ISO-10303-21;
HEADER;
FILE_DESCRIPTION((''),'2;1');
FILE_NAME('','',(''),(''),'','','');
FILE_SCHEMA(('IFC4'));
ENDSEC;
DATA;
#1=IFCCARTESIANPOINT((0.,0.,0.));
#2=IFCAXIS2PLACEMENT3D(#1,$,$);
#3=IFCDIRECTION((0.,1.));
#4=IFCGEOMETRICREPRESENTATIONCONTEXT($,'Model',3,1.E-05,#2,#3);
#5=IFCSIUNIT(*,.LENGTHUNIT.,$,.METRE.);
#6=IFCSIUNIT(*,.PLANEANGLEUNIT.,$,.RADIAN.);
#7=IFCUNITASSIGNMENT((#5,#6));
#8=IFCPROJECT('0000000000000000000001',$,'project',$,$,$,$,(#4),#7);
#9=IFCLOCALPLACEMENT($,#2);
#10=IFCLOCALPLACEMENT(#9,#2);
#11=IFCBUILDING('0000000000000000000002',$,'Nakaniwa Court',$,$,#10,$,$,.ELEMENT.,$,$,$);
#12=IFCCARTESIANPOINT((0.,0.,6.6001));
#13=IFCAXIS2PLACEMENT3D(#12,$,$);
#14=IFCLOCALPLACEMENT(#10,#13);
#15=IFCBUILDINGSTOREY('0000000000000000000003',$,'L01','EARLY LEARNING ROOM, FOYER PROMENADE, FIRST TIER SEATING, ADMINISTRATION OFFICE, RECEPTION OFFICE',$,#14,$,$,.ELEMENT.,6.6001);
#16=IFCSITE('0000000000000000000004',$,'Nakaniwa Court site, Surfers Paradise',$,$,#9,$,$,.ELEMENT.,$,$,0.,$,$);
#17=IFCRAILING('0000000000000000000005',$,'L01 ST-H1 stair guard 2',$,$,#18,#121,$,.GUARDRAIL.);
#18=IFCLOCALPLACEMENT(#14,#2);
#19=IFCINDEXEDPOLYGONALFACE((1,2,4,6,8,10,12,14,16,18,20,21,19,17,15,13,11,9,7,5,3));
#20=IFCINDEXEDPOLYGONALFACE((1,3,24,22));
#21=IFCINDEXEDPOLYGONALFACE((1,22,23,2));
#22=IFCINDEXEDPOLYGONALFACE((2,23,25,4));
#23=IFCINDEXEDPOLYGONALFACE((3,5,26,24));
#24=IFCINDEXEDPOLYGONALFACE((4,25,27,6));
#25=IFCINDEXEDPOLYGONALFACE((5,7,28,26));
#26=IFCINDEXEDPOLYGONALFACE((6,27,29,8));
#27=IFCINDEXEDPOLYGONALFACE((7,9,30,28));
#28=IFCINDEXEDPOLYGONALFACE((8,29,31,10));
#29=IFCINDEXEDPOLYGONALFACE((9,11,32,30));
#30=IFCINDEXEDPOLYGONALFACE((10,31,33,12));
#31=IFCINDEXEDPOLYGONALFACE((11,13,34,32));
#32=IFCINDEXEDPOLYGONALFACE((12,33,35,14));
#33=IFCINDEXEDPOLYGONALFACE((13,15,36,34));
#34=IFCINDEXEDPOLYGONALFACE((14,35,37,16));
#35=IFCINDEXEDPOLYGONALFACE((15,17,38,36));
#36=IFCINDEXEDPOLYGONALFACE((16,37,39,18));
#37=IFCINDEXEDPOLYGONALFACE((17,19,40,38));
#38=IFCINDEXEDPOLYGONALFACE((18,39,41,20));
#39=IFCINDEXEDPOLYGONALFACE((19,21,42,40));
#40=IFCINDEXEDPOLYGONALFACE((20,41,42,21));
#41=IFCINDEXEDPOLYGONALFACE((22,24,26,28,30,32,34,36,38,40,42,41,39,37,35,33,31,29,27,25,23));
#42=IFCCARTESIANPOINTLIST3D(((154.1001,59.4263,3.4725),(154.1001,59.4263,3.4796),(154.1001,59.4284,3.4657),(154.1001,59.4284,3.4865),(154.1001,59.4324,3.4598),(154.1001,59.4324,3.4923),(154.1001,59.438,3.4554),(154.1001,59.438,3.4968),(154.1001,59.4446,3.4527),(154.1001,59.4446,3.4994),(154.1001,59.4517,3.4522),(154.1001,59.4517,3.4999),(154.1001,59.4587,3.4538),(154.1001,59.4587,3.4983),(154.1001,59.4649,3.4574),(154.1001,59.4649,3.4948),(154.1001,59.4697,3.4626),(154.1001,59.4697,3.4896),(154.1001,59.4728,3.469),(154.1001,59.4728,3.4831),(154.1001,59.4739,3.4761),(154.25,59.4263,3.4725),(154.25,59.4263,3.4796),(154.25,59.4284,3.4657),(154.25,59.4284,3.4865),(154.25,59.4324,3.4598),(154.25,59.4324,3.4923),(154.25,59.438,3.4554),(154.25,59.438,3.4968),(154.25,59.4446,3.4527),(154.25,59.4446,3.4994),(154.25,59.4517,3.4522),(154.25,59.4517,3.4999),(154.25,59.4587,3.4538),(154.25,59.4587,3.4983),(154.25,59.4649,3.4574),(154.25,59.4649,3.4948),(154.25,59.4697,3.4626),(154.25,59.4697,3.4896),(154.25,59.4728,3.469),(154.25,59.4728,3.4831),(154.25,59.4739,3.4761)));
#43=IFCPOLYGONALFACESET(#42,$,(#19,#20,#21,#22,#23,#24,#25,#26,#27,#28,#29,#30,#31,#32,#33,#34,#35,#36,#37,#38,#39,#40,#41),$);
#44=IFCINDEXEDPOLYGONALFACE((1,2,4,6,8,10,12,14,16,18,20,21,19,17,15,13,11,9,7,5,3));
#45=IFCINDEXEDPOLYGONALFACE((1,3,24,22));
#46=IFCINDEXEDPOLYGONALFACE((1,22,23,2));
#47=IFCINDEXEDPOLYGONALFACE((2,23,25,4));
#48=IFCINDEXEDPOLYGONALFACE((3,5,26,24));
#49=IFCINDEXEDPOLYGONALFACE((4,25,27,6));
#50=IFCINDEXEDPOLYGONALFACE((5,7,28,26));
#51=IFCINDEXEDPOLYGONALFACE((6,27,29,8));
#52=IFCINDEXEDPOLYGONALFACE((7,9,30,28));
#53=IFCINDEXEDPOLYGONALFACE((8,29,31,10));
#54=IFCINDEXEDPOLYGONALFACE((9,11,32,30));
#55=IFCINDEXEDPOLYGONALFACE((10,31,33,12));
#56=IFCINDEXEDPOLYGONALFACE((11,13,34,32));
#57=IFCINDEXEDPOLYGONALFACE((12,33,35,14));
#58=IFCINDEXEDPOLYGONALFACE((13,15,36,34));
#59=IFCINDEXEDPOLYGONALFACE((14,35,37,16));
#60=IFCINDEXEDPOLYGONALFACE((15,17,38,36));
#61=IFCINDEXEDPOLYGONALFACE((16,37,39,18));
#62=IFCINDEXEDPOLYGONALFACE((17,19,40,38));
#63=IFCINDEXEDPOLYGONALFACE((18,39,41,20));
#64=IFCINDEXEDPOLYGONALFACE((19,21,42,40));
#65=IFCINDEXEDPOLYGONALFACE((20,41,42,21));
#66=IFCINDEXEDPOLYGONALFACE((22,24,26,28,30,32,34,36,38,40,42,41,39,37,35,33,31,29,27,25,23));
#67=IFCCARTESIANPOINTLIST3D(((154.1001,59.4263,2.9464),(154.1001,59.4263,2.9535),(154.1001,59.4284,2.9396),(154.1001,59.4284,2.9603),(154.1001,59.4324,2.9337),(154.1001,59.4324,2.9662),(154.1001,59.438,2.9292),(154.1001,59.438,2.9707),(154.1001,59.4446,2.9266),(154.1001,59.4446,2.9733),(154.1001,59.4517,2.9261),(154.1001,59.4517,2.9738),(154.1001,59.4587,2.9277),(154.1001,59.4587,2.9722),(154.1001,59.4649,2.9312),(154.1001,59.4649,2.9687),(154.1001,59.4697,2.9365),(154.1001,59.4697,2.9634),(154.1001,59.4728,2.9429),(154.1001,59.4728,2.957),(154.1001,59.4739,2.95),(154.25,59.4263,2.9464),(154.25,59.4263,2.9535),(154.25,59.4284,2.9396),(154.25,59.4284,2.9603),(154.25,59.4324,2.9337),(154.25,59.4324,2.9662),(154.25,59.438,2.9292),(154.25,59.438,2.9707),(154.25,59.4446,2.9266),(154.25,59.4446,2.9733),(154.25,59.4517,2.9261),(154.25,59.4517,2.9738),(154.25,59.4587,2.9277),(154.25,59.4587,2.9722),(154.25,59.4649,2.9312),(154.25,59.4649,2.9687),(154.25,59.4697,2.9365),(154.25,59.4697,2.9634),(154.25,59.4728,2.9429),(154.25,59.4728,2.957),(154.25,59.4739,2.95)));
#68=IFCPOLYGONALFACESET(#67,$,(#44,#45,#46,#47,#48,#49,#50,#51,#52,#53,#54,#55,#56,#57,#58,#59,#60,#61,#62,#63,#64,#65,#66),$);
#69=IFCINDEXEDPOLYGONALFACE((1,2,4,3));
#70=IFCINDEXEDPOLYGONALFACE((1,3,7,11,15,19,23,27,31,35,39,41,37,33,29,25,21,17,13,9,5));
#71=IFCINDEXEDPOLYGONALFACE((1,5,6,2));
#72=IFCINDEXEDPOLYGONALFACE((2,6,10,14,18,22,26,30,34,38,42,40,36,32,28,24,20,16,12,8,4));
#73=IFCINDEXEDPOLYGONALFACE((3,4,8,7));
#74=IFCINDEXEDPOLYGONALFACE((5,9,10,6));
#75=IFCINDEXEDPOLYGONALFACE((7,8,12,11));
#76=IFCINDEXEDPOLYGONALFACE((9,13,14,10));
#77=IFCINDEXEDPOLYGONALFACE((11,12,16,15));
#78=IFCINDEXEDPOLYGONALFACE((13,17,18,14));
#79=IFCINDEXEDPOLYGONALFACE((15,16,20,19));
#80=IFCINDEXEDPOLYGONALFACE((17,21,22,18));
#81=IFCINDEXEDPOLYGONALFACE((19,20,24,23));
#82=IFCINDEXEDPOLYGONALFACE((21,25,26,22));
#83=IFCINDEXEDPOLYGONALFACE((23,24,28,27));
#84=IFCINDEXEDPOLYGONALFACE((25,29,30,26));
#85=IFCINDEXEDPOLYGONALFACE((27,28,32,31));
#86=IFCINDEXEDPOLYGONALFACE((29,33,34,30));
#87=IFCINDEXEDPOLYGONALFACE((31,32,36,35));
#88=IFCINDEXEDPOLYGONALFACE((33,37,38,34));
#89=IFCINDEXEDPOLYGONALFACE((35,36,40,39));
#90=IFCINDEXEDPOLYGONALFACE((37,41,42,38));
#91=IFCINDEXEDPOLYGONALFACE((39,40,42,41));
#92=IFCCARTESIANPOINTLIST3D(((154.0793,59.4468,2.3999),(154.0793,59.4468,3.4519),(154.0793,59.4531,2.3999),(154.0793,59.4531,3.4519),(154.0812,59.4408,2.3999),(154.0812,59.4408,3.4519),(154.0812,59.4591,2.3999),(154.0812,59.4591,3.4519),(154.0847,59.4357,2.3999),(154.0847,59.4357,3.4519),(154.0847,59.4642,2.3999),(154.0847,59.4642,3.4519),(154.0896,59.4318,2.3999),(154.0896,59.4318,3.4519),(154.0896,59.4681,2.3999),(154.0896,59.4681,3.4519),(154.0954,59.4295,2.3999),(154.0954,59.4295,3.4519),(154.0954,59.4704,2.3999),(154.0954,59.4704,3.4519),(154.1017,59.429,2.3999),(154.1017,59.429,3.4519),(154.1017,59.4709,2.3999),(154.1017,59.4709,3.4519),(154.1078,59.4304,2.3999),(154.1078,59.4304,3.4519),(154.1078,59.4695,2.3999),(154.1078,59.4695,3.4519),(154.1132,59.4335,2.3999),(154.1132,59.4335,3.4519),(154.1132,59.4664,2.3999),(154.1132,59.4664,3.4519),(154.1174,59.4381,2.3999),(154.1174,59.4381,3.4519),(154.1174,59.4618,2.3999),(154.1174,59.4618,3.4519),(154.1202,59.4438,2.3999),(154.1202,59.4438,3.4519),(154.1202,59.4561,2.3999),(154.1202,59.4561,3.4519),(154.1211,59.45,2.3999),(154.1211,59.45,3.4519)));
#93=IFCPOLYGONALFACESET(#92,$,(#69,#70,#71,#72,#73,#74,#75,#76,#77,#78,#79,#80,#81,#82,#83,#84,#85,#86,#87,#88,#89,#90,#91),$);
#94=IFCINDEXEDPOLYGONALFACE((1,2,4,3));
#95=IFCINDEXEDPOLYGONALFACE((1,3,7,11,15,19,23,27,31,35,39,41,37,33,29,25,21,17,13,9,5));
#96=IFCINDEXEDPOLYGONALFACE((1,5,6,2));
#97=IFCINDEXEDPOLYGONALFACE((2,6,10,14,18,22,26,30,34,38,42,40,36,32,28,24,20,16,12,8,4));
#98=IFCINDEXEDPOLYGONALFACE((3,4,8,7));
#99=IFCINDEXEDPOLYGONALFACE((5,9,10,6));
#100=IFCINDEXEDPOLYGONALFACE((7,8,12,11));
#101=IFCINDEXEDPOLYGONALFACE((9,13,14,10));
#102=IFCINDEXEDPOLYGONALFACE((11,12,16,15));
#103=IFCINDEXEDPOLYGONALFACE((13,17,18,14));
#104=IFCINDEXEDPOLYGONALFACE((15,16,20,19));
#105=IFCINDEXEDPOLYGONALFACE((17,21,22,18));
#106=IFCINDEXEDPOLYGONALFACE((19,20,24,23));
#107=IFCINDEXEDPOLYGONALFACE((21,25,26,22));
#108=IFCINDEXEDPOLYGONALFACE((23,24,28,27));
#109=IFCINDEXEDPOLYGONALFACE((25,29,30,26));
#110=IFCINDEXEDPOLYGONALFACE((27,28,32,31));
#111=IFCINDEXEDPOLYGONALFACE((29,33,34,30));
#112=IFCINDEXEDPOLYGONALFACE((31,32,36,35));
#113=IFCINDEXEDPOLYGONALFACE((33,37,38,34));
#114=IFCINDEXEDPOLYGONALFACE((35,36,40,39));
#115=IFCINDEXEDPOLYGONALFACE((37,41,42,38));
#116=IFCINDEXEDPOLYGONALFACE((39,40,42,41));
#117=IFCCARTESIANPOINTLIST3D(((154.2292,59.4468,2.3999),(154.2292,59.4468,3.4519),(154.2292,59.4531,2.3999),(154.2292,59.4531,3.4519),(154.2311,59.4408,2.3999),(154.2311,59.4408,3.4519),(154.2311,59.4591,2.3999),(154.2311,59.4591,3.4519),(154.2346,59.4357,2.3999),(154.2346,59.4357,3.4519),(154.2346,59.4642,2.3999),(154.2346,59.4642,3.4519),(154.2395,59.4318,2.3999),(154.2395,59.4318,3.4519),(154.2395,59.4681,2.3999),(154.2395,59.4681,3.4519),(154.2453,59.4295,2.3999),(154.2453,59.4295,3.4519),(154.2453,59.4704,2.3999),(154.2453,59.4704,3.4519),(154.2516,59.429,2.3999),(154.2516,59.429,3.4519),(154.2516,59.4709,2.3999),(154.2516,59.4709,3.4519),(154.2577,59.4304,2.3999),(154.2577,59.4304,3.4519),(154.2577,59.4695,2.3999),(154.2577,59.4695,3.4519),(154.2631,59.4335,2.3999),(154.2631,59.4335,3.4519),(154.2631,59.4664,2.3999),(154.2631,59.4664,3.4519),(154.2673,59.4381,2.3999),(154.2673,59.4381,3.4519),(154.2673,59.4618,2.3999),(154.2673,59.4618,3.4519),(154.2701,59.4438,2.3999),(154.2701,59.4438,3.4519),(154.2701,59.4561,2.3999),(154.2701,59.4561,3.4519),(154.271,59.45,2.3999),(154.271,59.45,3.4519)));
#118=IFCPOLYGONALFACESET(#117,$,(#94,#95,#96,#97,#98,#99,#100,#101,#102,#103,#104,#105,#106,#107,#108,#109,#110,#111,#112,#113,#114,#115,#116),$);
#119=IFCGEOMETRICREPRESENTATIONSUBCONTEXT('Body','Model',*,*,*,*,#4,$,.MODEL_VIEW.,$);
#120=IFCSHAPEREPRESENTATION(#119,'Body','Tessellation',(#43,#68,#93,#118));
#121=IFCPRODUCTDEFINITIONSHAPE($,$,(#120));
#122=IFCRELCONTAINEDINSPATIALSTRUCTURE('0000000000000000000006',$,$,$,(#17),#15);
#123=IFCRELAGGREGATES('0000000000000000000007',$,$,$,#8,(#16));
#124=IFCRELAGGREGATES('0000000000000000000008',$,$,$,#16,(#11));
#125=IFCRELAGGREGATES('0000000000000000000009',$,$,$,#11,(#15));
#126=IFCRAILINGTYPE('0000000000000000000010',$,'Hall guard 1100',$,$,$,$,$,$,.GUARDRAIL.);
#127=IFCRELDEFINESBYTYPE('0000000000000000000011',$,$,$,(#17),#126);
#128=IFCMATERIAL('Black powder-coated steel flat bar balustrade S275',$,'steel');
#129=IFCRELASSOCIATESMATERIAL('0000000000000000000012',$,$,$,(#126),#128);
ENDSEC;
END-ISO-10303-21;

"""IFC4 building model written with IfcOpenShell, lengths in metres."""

from ifc_helpers import new_model, si_unit, direction, frame, origin, origin_2d, place, context, subcontext, project, spatial, circle, extrude, material, type_object, element, save


model = new_model("IFC4")

# Units and contexts
model_context = context("Model", 3, precision=1e-05, world=origin(), true_north=direction((0.0, 1.0)))
body_context = subcontext(model_context, "Body", "Model", "MODEL_VIEW")
ifc_project = project(units=[si_unit("LENGTHUNIT", "METRE"), si_unit("PLANEANGLEUNIT", "RADIAN")], contexts=[model_context])

# Site, building, storey
site_placement = place(None, origin())
site = spatial("IfcSite", under=ifc_project, at=site_placement, Name="Nakaniwa Court site, Surfers Paradise", CompositionType="ELEMENT", RefElevation=0.0)
building_placement = place(site_placement, origin())
building = spatial("IfcBuilding", under=site, at=building_placement, Name="Nakaniwa Court", CompositionType="ELEMENT")
storey_placement = place(building_placement, frame((0.0, 0.0, 6.6001)))
storey = spatial("IfcBuildingStorey", under=building, at=storey_placement, Name="L01", Description="EARLY LEARNING ROOM, FOYER PROMENADE, FIRST TIER SEATING, ADMINISTRATION OFFICE, RECEPTION OFFICE", CompositionType="ELEMENT", Elevation=6.6001)

# Railing
ifc_material_1 = material(Name="Black powder-coated steel flat bar balustrade S275", Category="steel")
railing_type_1 = type_object("IfcRailingType", Name="Hall guard 1100", PredefinedType="GUARDRAIL", material=ifc_material_1)
railing_1_placement = place(storey_placement, frame((154.1001, 59.45, 2.3999)))
element("IfcRailing", 1, at=railing_1_placement, inside=storey, type_object=railing_type_1, Name="L01 ST-H1 stair guard 2", PredefinedType="GUARDRAIL", context=body_context, shape_type="SweptSolid", body=[
    extrude(circle(Radius=0.0239, at=origin_2d()), frame((0.0, 0.0, 1.0762), z_axis=(1.0, 0.0, 0.0), x_axis=(0.0, 1.0, 0.0)), (0.0, 0.0, 1.0), 0.1499),
    extrude(circle(Radius=0.0239, at=origin_2d()), frame((0.0, 0.0, 0.55), z_axis=(1.0, 0.0, 0.0), x_axis=(0.0, 1.0, 0.0)), (0.0, 0.0, 1.0), 0.1499),
    extrude(circle(Radius=0.021, at=origin_2d()), origin(), (0.0, 0.0, 1.0), 1.052),
    extrude(circle(Radius=0.021, at=origin_2d()), frame((0.1499, 0.0, 0.0)), (0.0, 0.0, 1.0), 1.052),
])

save(model, "model.ifc")
